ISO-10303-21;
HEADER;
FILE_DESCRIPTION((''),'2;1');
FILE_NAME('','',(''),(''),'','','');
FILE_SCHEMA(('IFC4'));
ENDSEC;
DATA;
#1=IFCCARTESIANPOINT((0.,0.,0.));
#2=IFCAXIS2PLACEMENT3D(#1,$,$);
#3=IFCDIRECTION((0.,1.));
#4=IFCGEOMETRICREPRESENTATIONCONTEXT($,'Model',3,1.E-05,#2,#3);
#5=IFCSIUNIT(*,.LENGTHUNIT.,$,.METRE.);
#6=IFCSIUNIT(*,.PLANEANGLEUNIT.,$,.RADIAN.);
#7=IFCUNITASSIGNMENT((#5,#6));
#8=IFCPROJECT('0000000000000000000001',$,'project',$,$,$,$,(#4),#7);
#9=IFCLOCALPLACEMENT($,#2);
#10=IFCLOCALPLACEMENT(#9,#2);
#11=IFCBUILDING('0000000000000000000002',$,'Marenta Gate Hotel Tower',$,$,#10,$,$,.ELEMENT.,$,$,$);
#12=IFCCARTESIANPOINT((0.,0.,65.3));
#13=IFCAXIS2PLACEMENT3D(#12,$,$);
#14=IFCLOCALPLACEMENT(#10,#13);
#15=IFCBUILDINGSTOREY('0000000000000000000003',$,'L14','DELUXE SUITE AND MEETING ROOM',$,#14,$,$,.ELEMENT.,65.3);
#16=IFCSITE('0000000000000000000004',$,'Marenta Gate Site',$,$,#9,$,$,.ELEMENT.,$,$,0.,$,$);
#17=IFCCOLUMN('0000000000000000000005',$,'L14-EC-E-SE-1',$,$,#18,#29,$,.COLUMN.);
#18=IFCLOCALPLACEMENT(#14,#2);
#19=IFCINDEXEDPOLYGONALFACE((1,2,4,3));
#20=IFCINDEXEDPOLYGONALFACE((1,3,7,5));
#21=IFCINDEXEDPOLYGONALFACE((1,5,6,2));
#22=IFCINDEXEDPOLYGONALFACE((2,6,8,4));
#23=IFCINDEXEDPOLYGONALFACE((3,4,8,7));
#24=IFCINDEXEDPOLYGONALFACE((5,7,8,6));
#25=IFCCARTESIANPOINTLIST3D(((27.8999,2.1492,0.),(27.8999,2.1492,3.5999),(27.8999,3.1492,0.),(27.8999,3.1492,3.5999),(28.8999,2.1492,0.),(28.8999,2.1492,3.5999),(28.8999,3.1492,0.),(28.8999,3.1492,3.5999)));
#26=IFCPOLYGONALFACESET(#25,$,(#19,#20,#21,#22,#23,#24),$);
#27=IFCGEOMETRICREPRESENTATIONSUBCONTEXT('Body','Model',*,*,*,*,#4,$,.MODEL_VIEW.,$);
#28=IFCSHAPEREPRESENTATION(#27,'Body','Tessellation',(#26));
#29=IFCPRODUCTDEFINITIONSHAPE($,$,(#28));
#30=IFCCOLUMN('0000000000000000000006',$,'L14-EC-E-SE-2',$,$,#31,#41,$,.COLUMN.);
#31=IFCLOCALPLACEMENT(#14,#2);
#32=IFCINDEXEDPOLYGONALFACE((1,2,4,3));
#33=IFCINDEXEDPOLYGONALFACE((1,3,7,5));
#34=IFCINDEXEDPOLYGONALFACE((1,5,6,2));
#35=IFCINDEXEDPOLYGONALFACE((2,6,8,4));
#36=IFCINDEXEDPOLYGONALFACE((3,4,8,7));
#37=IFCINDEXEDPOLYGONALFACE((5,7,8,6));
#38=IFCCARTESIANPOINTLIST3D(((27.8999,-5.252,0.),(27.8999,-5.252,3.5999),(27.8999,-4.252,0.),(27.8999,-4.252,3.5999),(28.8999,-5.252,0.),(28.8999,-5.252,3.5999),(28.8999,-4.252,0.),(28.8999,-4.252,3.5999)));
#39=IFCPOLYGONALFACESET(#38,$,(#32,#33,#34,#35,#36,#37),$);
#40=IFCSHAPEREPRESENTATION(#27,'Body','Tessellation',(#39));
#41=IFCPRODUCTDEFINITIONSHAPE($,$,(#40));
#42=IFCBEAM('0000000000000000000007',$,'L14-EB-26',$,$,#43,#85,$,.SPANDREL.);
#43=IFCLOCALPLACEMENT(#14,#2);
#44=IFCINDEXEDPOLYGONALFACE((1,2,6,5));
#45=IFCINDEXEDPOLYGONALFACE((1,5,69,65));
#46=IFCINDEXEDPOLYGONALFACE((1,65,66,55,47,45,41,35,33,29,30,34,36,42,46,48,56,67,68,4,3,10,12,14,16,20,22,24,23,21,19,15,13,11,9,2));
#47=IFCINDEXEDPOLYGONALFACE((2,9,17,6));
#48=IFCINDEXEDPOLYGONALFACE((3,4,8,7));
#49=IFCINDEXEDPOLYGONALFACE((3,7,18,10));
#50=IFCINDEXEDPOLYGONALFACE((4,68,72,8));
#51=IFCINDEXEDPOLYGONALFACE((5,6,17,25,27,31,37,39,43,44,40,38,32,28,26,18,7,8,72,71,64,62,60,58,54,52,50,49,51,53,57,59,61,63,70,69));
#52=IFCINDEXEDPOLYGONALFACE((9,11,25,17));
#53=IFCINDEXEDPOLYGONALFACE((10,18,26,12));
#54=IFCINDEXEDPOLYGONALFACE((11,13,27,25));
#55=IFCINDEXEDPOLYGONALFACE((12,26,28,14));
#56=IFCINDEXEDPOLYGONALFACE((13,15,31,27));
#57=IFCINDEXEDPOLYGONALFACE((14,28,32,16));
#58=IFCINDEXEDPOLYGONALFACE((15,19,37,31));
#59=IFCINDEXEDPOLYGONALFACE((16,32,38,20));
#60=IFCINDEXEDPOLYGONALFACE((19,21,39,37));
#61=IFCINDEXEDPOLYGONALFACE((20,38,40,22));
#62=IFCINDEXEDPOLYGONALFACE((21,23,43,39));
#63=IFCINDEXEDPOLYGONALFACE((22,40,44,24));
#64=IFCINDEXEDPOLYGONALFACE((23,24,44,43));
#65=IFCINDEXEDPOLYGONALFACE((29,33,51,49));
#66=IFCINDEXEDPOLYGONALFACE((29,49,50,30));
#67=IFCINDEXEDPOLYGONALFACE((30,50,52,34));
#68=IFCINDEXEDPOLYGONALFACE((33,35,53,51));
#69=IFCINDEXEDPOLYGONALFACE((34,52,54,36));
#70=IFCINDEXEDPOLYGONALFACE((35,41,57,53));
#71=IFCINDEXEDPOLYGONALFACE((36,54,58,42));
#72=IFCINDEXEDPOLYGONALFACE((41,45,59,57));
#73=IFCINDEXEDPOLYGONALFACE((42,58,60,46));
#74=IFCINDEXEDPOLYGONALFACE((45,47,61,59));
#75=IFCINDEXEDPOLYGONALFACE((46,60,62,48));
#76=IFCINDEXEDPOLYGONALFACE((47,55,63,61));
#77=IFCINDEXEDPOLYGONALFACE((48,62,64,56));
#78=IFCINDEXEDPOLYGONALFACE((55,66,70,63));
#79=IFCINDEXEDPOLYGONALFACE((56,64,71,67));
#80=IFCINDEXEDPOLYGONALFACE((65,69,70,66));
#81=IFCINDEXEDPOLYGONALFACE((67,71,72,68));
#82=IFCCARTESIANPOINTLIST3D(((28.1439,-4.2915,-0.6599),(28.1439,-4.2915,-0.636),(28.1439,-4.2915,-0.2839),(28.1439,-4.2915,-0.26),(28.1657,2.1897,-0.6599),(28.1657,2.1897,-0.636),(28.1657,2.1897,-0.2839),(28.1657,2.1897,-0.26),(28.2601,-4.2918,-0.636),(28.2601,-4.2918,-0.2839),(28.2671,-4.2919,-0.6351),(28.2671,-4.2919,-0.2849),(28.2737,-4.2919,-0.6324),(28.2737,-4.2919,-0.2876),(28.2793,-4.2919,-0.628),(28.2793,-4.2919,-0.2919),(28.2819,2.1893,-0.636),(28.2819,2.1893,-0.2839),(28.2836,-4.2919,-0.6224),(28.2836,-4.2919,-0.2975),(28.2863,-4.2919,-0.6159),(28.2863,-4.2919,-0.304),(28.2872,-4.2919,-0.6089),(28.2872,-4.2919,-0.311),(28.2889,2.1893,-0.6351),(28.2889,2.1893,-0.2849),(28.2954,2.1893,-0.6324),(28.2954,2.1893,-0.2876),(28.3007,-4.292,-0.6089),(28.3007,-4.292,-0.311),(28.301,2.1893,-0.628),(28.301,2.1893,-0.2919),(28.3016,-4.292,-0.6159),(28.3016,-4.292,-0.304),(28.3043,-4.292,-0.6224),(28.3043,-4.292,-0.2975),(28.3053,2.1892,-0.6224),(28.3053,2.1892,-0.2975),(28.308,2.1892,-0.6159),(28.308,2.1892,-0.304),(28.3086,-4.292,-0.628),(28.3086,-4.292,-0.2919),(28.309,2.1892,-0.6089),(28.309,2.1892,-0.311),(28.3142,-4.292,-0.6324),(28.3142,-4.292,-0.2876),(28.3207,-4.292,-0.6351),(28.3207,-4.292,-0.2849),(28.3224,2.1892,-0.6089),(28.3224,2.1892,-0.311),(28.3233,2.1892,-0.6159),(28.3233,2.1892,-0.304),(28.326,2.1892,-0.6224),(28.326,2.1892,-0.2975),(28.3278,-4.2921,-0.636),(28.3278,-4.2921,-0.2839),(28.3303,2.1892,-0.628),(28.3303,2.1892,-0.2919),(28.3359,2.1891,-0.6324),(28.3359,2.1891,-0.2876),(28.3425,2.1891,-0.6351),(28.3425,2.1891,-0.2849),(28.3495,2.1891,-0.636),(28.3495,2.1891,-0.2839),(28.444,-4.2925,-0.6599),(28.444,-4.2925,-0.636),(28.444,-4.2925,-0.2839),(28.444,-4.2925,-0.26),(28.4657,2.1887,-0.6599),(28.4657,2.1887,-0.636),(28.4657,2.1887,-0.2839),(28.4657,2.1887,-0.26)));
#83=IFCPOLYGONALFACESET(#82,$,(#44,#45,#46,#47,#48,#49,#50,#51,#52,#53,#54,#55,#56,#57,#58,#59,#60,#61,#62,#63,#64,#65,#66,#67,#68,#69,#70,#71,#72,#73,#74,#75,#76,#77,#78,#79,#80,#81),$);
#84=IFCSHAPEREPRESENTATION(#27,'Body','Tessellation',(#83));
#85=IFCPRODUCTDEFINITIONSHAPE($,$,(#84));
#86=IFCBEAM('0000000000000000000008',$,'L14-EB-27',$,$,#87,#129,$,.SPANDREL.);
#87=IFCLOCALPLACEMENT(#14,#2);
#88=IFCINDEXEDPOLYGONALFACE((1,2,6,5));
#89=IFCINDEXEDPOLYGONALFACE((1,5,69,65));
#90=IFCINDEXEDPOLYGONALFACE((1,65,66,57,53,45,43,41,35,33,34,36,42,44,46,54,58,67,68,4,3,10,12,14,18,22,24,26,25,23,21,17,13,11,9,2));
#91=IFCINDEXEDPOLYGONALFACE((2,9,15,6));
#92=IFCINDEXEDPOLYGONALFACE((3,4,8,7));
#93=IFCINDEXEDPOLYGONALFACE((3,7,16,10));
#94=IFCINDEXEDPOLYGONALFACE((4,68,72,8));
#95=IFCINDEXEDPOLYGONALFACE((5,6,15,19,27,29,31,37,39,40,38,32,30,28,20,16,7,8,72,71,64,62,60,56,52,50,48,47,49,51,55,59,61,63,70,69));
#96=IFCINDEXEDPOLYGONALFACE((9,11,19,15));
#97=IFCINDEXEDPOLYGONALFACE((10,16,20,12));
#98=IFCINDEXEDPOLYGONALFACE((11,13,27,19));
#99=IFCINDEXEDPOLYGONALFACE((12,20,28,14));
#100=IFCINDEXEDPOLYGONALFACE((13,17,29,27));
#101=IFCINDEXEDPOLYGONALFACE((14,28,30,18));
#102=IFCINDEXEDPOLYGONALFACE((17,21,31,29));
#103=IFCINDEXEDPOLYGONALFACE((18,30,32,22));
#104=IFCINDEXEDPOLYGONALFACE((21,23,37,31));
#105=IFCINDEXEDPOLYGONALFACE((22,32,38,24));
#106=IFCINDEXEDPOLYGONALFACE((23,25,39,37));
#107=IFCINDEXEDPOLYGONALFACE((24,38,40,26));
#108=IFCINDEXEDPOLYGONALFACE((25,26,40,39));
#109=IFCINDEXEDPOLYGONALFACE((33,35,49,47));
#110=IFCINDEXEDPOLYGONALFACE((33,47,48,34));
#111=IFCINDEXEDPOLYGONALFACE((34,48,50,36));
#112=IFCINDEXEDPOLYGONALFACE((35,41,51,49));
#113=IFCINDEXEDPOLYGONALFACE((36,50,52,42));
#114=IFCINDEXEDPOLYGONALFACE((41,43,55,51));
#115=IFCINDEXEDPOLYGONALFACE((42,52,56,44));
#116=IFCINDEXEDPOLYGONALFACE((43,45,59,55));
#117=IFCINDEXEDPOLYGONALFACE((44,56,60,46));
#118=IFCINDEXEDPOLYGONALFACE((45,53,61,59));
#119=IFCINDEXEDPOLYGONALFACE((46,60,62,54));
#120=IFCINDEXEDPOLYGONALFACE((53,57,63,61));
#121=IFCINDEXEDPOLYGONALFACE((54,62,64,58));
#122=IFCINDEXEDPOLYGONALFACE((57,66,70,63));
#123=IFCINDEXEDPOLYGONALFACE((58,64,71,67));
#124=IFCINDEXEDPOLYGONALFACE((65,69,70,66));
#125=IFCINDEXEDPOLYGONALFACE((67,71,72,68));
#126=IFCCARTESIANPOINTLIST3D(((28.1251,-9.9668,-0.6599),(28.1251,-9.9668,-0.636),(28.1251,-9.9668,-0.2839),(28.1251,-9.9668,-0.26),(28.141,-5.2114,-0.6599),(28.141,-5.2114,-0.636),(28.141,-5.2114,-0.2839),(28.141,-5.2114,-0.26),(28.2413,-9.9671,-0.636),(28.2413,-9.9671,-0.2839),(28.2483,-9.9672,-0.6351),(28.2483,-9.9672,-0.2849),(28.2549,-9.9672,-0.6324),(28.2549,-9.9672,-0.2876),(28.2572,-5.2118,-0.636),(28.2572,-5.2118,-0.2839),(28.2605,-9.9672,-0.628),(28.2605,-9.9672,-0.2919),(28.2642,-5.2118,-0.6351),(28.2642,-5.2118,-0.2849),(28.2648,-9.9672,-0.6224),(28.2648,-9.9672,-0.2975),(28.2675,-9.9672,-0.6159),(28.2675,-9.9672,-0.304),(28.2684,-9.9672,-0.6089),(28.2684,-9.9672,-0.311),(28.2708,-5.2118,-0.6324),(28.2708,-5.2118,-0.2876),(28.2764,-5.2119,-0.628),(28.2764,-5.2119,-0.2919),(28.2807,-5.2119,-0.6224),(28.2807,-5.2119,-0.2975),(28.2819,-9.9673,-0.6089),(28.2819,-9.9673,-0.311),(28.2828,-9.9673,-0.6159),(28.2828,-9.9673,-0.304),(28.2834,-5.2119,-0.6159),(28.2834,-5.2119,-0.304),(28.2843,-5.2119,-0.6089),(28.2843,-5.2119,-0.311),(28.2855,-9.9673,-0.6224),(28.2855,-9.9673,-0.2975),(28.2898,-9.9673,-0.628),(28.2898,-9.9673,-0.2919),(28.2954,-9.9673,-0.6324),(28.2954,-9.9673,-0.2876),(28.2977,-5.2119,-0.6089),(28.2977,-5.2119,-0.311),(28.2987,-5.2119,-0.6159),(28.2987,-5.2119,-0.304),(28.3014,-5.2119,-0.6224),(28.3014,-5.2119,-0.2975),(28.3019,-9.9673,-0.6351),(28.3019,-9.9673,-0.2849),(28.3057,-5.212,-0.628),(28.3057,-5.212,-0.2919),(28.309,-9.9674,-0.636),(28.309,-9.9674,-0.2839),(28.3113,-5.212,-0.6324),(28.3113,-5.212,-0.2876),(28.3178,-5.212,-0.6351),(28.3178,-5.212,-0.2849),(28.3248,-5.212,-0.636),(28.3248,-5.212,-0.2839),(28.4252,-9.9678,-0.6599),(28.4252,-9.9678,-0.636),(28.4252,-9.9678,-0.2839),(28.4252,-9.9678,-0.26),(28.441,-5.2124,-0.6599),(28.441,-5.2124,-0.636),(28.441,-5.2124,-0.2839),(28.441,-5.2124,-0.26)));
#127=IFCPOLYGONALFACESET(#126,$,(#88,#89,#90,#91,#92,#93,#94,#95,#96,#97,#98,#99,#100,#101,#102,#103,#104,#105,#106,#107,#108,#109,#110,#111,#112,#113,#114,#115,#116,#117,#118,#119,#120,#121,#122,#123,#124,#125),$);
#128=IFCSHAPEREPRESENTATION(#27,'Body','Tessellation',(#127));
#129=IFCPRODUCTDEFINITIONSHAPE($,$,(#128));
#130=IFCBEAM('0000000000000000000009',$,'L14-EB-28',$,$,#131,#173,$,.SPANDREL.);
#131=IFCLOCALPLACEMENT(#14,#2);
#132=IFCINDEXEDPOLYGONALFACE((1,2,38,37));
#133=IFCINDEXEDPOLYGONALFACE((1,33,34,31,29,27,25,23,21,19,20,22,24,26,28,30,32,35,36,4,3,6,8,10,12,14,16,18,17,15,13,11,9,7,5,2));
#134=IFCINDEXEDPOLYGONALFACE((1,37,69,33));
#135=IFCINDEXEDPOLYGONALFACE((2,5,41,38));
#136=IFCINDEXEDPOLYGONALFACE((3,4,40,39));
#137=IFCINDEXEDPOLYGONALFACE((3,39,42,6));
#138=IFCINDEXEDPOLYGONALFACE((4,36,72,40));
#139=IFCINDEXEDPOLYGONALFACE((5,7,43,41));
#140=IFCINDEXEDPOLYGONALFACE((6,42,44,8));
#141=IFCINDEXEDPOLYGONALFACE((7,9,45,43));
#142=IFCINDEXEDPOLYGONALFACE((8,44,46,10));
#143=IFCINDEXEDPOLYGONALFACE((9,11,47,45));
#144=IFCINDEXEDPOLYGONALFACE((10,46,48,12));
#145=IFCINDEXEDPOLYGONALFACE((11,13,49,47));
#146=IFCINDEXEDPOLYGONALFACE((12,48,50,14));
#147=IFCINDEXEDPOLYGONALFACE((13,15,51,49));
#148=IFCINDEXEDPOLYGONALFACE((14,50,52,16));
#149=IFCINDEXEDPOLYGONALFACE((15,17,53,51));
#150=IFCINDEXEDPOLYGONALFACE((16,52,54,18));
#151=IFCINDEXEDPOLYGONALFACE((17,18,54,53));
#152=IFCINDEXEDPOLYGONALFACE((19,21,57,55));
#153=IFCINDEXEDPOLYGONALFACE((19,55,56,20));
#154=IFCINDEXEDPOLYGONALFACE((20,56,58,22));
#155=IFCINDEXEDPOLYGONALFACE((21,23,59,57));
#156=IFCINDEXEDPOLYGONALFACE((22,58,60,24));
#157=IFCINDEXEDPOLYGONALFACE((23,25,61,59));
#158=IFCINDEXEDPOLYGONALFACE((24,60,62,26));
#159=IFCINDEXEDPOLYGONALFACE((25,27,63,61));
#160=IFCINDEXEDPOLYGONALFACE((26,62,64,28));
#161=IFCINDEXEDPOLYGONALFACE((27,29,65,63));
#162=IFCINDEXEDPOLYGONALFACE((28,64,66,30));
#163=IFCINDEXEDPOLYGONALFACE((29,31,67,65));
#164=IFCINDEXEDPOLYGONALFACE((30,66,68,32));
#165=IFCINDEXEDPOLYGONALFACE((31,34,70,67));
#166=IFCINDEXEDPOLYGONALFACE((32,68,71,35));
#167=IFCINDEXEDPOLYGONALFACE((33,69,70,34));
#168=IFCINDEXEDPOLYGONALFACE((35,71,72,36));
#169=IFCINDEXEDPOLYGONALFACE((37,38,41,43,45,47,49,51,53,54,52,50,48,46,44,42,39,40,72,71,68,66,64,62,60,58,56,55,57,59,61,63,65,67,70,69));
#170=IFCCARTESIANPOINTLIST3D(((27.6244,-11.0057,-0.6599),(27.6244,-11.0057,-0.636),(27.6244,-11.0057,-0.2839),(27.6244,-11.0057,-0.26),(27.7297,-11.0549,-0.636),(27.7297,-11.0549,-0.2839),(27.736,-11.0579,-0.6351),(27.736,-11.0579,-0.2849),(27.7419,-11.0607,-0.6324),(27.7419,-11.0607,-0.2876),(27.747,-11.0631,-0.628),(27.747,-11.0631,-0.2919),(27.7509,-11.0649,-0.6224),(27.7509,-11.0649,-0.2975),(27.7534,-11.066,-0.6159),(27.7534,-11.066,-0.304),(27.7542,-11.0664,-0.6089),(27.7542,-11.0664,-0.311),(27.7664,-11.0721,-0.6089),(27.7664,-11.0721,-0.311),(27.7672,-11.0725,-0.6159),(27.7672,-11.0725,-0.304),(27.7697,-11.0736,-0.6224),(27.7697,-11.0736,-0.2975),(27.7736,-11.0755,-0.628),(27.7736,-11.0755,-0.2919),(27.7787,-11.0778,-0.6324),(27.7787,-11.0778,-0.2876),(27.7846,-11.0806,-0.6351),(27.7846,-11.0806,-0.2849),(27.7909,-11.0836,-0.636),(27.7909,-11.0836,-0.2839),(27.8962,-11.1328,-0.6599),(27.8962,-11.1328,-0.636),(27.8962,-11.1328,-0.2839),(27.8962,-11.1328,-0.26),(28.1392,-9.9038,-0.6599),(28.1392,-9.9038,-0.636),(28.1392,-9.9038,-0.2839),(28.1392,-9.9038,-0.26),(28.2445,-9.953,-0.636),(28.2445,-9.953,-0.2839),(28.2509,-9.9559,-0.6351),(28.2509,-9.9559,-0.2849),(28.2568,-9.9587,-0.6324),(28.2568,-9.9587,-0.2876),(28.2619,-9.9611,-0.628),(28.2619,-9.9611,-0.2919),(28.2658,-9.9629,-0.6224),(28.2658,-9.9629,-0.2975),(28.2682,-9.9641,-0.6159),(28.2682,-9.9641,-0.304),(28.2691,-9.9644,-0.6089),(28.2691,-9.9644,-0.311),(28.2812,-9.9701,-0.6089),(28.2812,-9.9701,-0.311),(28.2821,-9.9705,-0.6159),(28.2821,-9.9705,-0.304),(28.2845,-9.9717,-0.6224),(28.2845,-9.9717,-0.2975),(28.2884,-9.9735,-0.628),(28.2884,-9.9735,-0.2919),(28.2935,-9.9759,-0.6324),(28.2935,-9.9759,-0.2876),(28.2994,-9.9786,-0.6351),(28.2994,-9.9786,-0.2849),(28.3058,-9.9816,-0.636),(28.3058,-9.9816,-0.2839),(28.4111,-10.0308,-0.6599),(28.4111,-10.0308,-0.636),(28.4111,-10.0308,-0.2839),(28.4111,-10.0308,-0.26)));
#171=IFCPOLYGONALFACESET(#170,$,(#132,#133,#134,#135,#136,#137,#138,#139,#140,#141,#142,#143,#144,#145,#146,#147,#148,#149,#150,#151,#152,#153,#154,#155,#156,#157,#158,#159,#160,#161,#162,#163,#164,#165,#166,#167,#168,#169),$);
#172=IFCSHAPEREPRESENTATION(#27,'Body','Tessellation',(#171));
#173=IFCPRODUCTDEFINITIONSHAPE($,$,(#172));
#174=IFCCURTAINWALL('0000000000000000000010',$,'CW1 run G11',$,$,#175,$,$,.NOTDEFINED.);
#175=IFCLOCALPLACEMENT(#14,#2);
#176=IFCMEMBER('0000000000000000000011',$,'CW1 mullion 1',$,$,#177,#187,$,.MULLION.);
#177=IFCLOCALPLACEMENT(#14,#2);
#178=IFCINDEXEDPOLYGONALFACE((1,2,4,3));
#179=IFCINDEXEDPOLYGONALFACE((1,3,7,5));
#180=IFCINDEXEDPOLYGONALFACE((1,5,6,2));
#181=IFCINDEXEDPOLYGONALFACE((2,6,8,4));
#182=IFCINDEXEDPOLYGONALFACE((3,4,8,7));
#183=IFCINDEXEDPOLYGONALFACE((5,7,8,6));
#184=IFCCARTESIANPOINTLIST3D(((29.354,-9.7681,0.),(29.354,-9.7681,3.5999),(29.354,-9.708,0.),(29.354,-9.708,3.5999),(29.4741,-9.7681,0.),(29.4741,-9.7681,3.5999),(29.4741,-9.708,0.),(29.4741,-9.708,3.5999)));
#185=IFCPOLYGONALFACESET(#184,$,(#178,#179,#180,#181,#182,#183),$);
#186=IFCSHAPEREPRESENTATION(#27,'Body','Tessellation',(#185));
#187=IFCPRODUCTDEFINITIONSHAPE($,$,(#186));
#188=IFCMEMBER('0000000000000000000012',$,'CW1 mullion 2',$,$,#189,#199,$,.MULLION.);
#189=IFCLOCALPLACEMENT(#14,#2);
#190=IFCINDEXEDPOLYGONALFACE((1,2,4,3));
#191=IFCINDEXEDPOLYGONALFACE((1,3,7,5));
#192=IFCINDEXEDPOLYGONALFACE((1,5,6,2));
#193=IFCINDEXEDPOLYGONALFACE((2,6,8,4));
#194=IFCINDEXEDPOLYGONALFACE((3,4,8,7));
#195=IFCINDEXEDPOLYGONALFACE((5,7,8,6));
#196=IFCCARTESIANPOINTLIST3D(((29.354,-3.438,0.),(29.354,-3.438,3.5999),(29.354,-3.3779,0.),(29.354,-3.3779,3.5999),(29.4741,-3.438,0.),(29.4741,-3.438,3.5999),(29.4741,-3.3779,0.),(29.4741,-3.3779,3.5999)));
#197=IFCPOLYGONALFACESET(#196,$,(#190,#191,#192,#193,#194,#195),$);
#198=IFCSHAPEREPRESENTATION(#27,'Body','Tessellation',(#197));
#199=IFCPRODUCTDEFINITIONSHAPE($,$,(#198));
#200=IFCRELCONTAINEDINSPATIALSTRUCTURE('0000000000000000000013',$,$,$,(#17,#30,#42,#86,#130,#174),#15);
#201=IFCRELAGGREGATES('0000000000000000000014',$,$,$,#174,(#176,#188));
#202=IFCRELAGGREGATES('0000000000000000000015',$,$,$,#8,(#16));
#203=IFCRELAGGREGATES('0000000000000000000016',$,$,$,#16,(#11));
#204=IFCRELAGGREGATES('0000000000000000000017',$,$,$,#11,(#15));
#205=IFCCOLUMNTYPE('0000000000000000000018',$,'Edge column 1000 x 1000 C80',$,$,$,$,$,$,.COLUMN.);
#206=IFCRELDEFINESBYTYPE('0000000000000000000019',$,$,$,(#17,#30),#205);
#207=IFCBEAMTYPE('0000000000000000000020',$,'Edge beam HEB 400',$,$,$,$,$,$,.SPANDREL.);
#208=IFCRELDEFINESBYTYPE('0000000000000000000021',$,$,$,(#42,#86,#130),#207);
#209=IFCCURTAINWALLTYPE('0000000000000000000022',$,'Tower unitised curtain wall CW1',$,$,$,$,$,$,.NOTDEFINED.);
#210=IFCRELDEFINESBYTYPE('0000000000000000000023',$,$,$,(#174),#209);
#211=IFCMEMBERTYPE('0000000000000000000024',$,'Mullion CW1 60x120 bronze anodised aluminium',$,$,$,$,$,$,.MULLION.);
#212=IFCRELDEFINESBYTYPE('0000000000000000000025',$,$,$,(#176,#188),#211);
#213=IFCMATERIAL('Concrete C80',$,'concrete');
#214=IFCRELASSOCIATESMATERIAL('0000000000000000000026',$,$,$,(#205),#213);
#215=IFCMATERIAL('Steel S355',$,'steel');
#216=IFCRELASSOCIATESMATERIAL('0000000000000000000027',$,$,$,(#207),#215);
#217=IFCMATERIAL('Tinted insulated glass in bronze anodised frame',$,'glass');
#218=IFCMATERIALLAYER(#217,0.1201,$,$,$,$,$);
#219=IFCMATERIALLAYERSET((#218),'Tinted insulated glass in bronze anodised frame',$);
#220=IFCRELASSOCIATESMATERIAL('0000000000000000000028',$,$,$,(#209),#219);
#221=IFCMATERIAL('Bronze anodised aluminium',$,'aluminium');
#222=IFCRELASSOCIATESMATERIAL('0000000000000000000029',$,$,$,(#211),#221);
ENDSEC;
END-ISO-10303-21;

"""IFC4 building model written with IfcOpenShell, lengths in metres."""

from ifc_helpers import new_model, si_unit, direction, frame, origin, origin_2d, place, context, subcontext, project, spatial, rectangle, i_section, extrude, material, layer, layer_set, material_profile, profile_set, type_object, element, aggregate, save


model = new_model("IFC4")

# Units and contexts
model_context = context("Model", 3, precision=1e-05, world=origin(), true_north=direction((0.0, 1.0)))
body_context = subcontext(model_context, "Body", "Model", "MODEL_VIEW")
ifc_project = project(units=[si_unit("LENGTHUNIT", "METRE"), si_unit("PLANEANGLEUNIT", "RADIAN")], contexts=[model_context])

# Site, building, storey
site_placement = place(None, origin())
site = spatial("IfcSite", under=ifc_project, at=site_placement, Name="Marenta Gate Site", CompositionType="ELEMENT", RefElevation=0.0)
building_placement = place(site_placement, origin())
building = spatial("IfcBuilding", under=site, at=building_placement, Name="Marenta Gate Hotel Tower", CompositionType="ELEMENT")
storey_placement = place(building_placement, frame((0.0, 0.0, 65.3)))
storey = spatial("IfcBuildingStorey", under=building, at=storey_placement, Name="L14", Description="DELUXE SUITE AND MEETING ROOM", CompositionType="ELEMENT", Elevation=65.3)

# Columns
ifc_material_1 = material(Name="Concrete C80", Category="concrete")
ifc_material_profile_1 = material_profile(ifc_material_1, rectangle(XDim=1.0, YDim=1.0, at=origin_2d()), Name="1000 x 1000")
ifc_profile_set_1 = profile_set([ifc_material_profile_1], Name="Concrete C80")
column_type = type_object("IfcColumnType", Name="Edge column 1000 x 1000 C80", PredefinedType="COLUMN", material=ifc_profile_set_1)
for number, where, z_axis, x_axis, name in (
    (1, (28.3999, 2.6492, 0.0), (0.0, 0.0, 1.0), (1.0, 0.0, 0.0), "L14-EC-E-SE-1"),
    (2, (28.3999, -4.752, 0.0), (0.0, 0.0, 1.0), (1.0, 0.0, 0.0), "L14-EC-E-SE-2"),
):
    element("IfcColumn", number, at=place(storey_placement, frame(where, z_axis=z_axis, x_axis=x_axis)), inside=storey, type_object=column_type, Name=name, PredefinedType="COLUMN", context=body_context, shape_type="SweptSolid", body=[
        extrude(rectangle(XDim=1.0, YDim=1.0, at=origin_2d()), origin(), (0.0, 0.0, 1.0), 3.5999),
    ])

# Beams
ifc_material_2 = material(Name="Steel S355", Category="steel")
ifc_material_profile_2 = material_profile(ifc_material_2, i_section(OverallWidth=0.3, OverallDepth=0.3999, WebThickness=0.0134, FlangeThickness=0.0239, FilletRadius=0.0271, at=origin_2d()), Name="HEB 400")
ifc_profile_set_2 = profile_set([ifc_material_profile_2], Name="Steel S355")
beam_type = type_object("IfcBeamType", Name="Edge beam HEB 400", PredefinedType="SPANDREL", material=ifc_profile_set_2)
beam_1_placement = place(storey_placement, frame((28.3157, 2.1892, -0.46), z_axis=(-0.003353, -0.999994, 0.0), x_axis=(0.999994, -0.003353, 0.0)))
element("IfcBeam", 3, at=beam_1_placement, inside=storey, type_object=beam_type, Name="L14-EB-26", PredefinedType="SPANDREL", context=body_context, shape_type="SweptSolid", body=[
    extrude(i_section(OverallWidth=0.3, OverallDepth=0.3999, WebThickness=0.0134, FlangeThickness=0.0239, FilletRadius=0.0271, at=origin_2d()), origin(), (0.0, 0.0, 1.0), 6.4812),
])
beam_2_placement = place(storey_placement, frame((28.291, -5.2119, -0.46), z_axis=(-0.003337, -0.999994, 0.0), x_axis=(0.999994, -0.003337, 0.0)))
element("IfcBeam", 4, at=beam_2_placement, inside=storey, type_object=beam_type, Name="L14-EB-27", PredefinedType="SPANDREL", context=body_context, shape_type="SweptSolid", body=[
    extrude(i_section(OverallWidth=0.3, OverallDepth=0.3999, WebThickness=0.0134, FlangeThickness=0.0239, FilletRadius=0.0271, at=origin_2d()), origin(), (0.0, 0.0, 1.0), 4.7554),
])
beam_3_placement = place(storey_placement, frame((28.2751, -9.9673, -0.46), z_axis=(-0.423292, -0.905993, 0.0), x_axis=(0.905993, -0.423292, 0.0)))
element("IfcBeam", 5, at=beam_3_placement, inside=storey, type_object=beam_type, Name="L14-EB-28", PredefinedType="SPANDREL", context=body_context, shape_type="SweptSolid", body=[
    extrude(i_section(OverallWidth=0.3, OverallDepth=0.3999, WebThickness=0.0134, FlangeThickness=0.0239, FilletRadius=0.0271, at=origin_2d()), origin(), (0.0, 0.0, 1.0), 1.2163),
])

# Curtain wall, members
ifc_material_3 = material(Name="Tinted insulated glass in bronze anodised frame", Category="glass")
ifc_layer_1 = layer(ifc_material_3, 0.1201)
ifc_layer_set_1 = layer_set([ifc_layer_1], Name="Tinted insulated glass in bronze anodised frame")
curtain_wall_type = type_object("IfcCurtainWallType", Name="Tower unitised curtain wall CW1", PredefinedType="NOTDEFINED", material=ifc_layer_set_1)
curtain_wall_placement = place(storey_placement, origin())
curtain_wall = element("IfcCurtainWall", 6, at=curtain_wall_placement, inside=storey, type_object=curtain_wall_type, Name="CW1 run G11", PredefinedType="NOTDEFINED")
ifc_material_4 = material(Name="Bronze anodised aluminium", Category="aluminium")
ifc_material_profile_3 = material_profile(ifc_material_4, rectangle(XDim=0.1201, YDim=0.0601, at=origin_2d()), Name="Mullion CW1 60x120 bronze anodised aluminium")
ifc_profile_set_3 = profile_set([ifc_material_profile_3], Name="Bronze anodised aluminium")
member_type_1 = type_object("IfcMemberType", Name="Mullion CW1 60x120 bronze anodised aluminium", PredefinedType="MULLION", material=ifc_profile_set_3)
member_1_placement = place(storey_placement, frame((29.4141, -9.738, 0.0), z_axis=(0.0, 0.0, 1.0), x_axis=(-1.0, 0.0, 0.0)))
member_1 = element("IfcMember", 7, at=member_1_placement, type_object=member_type_1, Name="CW1 mullion 1", PredefinedType="MULLION", context=body_context, shape_type="SweptSolid", body=[
    extrude(rectangle(XDim=0.1201, YDim=0.0601, at=origin_2d()), origin(), (0.0, 0.0, 1.0), 3.5999),
])
member_2_placement = place(storey_placement, frame((29.4141, -3.408, 0.0), z_axis=(0.0, 0.0, 1.0), x_axis=(-1.0, 0.0, 0.0)))
member_2 = element("IfcMember", 8, at=member_2_placement, type_object=member_type_1, Name="CW1 mullion 2", PredefinedType="MULLION", context=body_context, shape_type="SweptSolid", body=[
    extrude(rectangle(XDim=0.1201, YDim=0.0601, at=origin_2d()), origin(), (0.0, 0.0, 1.0), 3.5999),
])
aggregate(curtain_wall, [member_1, member_2])

save(model, "model.ifc")
